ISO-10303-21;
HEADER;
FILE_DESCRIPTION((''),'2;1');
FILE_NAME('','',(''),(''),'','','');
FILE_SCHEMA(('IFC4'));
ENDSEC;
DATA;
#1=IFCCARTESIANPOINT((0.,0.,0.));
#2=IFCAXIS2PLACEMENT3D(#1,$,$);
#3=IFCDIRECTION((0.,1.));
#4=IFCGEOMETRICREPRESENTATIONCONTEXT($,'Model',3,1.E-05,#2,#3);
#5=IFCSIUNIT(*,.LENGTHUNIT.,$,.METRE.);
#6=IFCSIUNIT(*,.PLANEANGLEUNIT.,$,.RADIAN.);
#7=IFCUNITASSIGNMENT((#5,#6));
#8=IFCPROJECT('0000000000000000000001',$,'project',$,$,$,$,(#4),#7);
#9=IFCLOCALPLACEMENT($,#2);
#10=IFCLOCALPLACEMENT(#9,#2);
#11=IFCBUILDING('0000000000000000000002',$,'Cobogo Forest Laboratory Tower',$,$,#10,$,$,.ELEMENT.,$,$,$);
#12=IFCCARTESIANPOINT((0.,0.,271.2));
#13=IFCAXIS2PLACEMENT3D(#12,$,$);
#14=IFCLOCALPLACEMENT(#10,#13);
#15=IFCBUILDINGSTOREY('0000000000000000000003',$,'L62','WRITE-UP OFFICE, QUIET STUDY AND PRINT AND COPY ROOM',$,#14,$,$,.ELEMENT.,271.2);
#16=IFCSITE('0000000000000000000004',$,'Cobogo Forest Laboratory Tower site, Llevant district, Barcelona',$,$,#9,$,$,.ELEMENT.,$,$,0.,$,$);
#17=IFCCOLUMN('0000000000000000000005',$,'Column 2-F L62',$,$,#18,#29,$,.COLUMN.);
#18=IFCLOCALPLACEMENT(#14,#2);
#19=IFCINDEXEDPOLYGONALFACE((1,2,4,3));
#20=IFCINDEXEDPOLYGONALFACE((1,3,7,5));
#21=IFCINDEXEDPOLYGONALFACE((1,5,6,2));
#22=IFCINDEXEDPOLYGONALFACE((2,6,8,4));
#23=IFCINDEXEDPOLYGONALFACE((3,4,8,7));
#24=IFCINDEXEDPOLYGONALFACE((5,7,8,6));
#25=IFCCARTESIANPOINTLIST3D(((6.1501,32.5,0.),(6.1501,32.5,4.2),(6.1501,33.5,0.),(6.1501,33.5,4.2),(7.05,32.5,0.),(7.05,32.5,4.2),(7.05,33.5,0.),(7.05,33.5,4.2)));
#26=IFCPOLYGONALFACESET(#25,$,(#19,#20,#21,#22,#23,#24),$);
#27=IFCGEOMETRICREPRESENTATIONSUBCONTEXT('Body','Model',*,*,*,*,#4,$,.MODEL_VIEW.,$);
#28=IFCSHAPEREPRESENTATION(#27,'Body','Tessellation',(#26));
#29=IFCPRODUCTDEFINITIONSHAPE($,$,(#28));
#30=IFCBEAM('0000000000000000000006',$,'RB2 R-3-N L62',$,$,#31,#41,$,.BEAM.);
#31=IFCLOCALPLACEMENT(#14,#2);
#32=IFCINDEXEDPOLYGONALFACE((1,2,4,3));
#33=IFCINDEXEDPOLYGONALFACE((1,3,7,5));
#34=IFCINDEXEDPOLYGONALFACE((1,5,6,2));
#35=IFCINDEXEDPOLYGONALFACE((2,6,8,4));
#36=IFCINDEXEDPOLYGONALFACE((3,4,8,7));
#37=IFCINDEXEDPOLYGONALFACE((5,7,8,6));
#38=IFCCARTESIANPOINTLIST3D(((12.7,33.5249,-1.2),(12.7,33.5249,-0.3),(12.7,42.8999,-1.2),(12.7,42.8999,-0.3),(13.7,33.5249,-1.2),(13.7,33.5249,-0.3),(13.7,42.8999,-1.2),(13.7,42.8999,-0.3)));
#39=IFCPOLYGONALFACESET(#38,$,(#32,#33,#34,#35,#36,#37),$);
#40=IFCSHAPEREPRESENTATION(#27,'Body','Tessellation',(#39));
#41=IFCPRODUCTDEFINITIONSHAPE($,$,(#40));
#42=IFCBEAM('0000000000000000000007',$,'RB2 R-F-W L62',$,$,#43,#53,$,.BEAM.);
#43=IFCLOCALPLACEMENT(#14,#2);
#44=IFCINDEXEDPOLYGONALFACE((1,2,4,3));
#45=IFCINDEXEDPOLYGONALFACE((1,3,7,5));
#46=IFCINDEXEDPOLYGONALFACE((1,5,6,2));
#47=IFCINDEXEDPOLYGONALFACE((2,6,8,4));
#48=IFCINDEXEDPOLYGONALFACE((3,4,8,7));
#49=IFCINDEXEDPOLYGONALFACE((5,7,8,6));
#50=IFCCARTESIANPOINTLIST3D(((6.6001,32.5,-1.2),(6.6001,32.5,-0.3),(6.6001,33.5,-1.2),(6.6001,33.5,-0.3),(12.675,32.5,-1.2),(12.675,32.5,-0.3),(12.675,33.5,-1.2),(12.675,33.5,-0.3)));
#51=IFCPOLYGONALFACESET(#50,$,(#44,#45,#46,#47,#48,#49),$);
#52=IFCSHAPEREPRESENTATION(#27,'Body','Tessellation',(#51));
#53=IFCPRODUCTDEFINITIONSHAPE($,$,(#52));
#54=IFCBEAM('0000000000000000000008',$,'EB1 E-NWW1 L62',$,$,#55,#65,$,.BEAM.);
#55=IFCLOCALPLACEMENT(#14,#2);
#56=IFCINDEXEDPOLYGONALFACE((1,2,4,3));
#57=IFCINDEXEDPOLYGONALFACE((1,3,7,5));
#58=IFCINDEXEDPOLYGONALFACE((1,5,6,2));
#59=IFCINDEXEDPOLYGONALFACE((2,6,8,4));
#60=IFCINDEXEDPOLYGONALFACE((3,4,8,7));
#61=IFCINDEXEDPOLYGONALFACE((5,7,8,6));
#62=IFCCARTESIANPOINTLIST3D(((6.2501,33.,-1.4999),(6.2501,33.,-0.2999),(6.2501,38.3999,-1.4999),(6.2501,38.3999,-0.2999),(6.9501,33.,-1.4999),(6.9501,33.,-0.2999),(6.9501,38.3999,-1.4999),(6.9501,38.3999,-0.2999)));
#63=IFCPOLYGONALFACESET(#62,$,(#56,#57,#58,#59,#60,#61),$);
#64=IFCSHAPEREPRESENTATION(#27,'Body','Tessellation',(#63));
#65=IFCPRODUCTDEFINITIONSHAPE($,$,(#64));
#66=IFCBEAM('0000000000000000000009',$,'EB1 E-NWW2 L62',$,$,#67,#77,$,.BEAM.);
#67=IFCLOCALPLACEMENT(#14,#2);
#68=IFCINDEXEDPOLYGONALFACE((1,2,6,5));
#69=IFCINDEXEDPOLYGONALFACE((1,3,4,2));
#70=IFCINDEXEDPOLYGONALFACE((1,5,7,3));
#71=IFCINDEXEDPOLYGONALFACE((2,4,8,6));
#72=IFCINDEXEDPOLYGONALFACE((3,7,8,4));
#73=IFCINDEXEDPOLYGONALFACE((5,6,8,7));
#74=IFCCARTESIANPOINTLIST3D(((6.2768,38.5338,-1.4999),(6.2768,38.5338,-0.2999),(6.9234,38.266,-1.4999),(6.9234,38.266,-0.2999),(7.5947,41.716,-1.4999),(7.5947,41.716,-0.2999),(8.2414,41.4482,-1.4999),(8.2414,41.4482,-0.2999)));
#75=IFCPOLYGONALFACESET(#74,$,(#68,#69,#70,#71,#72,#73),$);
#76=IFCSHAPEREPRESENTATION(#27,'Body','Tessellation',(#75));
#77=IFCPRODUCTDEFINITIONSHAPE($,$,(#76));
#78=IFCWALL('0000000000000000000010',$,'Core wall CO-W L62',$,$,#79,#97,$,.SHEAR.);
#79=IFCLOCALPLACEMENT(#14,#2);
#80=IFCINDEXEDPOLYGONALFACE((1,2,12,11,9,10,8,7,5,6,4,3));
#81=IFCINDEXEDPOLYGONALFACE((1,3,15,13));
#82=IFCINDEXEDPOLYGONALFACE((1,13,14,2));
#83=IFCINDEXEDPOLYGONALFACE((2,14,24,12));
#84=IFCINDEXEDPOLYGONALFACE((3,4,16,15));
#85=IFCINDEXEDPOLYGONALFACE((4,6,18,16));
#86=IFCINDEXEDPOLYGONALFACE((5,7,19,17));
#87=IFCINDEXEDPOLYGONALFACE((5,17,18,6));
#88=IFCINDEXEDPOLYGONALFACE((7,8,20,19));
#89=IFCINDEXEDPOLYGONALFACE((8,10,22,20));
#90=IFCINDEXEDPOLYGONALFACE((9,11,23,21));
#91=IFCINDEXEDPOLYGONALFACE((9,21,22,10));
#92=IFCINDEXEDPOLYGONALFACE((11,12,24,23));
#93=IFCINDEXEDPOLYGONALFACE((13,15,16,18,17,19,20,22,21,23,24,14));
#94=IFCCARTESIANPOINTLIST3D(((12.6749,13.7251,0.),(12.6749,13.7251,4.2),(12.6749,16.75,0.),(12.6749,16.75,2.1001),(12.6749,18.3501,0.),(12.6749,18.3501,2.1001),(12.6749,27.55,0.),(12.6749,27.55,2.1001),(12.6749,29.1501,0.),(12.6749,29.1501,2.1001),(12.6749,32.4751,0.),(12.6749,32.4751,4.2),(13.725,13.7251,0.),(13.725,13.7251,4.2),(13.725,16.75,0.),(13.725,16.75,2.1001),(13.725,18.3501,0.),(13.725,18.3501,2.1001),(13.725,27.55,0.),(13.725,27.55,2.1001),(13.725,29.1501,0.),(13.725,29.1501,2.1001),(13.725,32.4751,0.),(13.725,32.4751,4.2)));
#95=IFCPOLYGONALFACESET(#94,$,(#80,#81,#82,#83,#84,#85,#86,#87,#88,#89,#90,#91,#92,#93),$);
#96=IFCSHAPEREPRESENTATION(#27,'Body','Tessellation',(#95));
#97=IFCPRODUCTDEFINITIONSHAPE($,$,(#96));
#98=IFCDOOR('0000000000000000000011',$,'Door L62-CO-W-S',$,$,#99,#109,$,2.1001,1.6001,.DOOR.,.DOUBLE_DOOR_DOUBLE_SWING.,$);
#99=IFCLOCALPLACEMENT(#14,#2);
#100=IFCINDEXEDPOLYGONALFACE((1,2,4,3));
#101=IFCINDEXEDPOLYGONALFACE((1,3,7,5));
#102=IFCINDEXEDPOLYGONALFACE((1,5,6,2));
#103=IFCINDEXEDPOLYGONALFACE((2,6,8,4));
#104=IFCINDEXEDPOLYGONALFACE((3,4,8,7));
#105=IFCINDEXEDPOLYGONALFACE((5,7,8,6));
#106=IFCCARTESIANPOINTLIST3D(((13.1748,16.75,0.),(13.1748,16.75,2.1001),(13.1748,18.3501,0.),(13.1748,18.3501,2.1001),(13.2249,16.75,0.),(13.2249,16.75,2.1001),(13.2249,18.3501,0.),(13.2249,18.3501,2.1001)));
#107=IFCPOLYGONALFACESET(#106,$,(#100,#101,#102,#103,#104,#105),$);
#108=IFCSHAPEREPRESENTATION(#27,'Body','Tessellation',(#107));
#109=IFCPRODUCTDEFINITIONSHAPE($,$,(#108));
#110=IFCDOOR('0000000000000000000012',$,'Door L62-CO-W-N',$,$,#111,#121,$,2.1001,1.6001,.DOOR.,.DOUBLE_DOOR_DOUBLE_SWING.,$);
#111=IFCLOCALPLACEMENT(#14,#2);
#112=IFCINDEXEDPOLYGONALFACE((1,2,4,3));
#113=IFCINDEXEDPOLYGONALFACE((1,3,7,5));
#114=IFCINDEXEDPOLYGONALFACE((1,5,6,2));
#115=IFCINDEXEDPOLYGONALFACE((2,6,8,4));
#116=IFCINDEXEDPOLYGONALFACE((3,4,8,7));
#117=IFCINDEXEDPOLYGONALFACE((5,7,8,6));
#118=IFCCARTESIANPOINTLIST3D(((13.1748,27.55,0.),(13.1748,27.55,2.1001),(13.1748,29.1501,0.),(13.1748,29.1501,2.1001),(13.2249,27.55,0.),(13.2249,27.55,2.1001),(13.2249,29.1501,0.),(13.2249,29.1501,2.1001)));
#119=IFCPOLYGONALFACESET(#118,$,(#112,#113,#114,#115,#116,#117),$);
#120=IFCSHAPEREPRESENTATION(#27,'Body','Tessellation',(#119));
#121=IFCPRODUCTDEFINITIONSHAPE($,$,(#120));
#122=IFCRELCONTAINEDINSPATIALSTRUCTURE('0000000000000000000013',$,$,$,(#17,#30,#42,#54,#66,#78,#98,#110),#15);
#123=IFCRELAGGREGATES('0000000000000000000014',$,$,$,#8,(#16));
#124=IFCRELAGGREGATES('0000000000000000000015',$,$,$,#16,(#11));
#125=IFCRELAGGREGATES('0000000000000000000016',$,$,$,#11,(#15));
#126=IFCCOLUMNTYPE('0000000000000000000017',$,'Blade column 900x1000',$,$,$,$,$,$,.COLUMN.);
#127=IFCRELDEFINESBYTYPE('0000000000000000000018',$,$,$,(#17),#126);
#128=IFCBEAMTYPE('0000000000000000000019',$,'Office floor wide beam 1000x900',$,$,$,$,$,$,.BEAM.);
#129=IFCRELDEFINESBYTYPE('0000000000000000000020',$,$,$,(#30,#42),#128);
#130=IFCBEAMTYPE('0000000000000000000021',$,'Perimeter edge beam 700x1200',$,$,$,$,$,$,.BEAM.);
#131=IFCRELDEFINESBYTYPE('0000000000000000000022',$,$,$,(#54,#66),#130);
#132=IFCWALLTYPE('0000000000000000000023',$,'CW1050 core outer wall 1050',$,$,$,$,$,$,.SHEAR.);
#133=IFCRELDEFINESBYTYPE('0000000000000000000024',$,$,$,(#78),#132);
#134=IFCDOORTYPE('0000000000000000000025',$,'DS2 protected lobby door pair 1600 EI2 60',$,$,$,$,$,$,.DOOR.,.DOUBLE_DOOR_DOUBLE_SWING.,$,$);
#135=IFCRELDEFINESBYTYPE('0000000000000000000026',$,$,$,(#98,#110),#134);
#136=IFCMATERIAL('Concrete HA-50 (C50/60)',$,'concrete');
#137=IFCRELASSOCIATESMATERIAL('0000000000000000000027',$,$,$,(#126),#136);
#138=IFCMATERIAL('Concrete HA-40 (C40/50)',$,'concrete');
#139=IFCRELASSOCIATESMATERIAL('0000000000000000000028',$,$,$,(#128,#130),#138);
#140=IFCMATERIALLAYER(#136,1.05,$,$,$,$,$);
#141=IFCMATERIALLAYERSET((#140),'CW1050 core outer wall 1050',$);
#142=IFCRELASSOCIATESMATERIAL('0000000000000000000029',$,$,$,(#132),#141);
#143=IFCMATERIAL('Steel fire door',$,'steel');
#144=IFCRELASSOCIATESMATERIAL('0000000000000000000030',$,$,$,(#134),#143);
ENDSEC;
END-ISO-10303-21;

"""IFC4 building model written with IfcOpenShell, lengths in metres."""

from ifc_helpers import new_model, si_unit, direction, frame, frame_2d, origin, origin_2d, place, context, subcontext, project, spatial, rectangle, extrude, material, layer, layer_set, material_profile, profile_set, type_object, element, fill, save


model = new_model("IFC4")

# Units and contexts
model_context = context("Model", 3, precision=1e-05, world=origin(), true_north=direction((0.0, 1.0)))
body_context = subcontext(model_context, "Body", "Model", "MODEL_VIEW")
ifc_project = project(units=[si_unit("LENGTHUNIT", "METRE"), si_unit("PLANEANGLEUNIT", "RADIAN")], contexts=[model_context])

# Site, building, storey
site_placement = place(None, origin())
site = spatial("IfcSite", under=ifc_project, at=site_placement, Name="Cobogo Forest Laboratory Tower site, Llevant district, Barcelona", CompositionType="ELEMENT", RefElevation=0.0)
building_placement = place(site_placement, origin())
building = spatial("IfcBuilding", under=site, at=building_placement, Name="Cobogo Forest Laboratory Tower", CompositionType="ELEMENT")
storey_placement = place(building_placement, frame((0.0, 0.0, 271.2)))
storey = spatial("IfcBuildingStorey", under=building, at=storey_placement, Name="L62", Description="WRITE-UP OFFICE, QUIET STUDY AND PRINT AND COPY ROOM", CompositionType="ELEMENT", Elevation=271.2)

# Column
ifc_material_1 = material(Name="Concrete HA-50 (C50/60)", Category="concrete")
ifc_material_profile_1 = material_profile(ifc_material_1, rectangle(XDim=1.0, YDim=0.8999, at=origin_2d()), Name="RC 900x1000")
ifc_profile_set_1 = profile_set([ifc_material_profile_1], Name="Concrete HA-50 (C50/60)")
column_type = type_object("IfcColumnType", Name="Blade column 900x1000", PredefinedType="COLUMN", material=ifc_profile_set_1)
column_placement = place(storey_placement, frame((6.6001, 33.0, 0.0), z_axis=(0.0, 0.0, 1.0), x_axis=(0.0, 1.0, 0.0)))
element("IfcColumn", 1, at=column_placement, inside=storey, type_object=column_type, Name="Column 2-F L62", PredefinedType="COLUMN", context=body_context, shape_type="SweptSolid", body=[
    extrude(rectangle(XDim=1.0, YDim=0.8999, at=origin_2d()), origin(), (0.0, 0.0, 1.0), 4.2),
])

# Beams
ifc_material_2 = material(Name="Concrete HA-40 (C40/50)", Category="concrete")
ifc_material_profile_2 = material_profile(ifc_material_2, rectangle(XDim=1.0, YDim=0.8999, at=origin_2d()), Name="RC 1000x900")
ifc_profile_set_2 = profile_set([ifc_material_profile_2], Name="Concrete HA-40 (C40/50)")
beam_type_1 = type_object("IfcBeamType", Name="Office floor wide beam 1000x900", PredefinedType="BEAM", material=ifc_profile_set_2)
beam_1_placement = place(storey_placement, frame((13.2, 33.5249, -0.75), z_axis=(0.0, 1.0, 0.0), x_axis=(-1.0, 0.0, 0.0)))
element("IfcBeam", 2, at=beam_1_placement, inside=storey, type_object=beam_type_1, Name="RB2 R-3-N L62", PredefinedType="BEAM", context=body_context, shape_type="SweptSolid", body=[
    extrude(rectangle(XDim=1.0, YDim=0.8999, at=origin_2d()), origin(), (0.0, 0.0, 1.0), 9.375),
])
beam_2_placement = place(storey_placement, frame((12.675, 33.0, -0.75), z_axis=(-1.0, 0.0, 0.0), x_axis=(0.0, -1.0, 0.0)))
element("IfcBeam", 3, at=beam_2_placement, inside=storey, type_object=beam_type_1, Name="RB2 R-F-W L62", PredefinedType="BEAM", context=body_context, shape_type="SweptSolid", body=[
    extrude(rectangle(XDim=1.0, YDim=0.8999, at=origin_2d()), origin(), (0.0, 0.0, 1.0), 6.075),
])
ifc_material_profile_3 = material_profile(ifc_material_2, rectangle(XDim=0.7, YDim=1.2, at=origin_2d()), Name="RC 700x1200")
ifc_profile_set_3 = profile_set([ifc_material_profile_3], Name="Concrete HA-40 (C40/50)")
beam_type_2 = type_object("IfcBeamType", Name="Perimeter edge beam 700x1200", PredefinedType="BEAM", material=ifc_profile_set_3)
beam_3_placement = place(storey_placement, frame((6.6001, 33.0, -0.8999), z_axis=(0.0, 1.0, 0.0), x_axis=(-1.0, 0.0, 0.0)))
element("IfcBeam", 4, at=beam_3_placement, inside=storey, type_object=beam_type_2, Name="EB1 E-NWW1 L62", PredefinedType="BEAM", context=body_context, shape_type="SweptSolid", body=[
    extrude(rectangle(XDim=0.7, YDim=1.2, at=origin_2d()), origin(), (0.0, 0.0, 1.0), 5.3999),
])
beam_4_placement = place(storey_placement, frame((6.6001, 38.3999, -0.8999), z_axis=(0.382631, 0.923901, 0.0), x_axis=(-0.923901, 0.382631, 0.0)))
element("IfcBeam", 5, at=beam_4_placement, inside=storey, type_object=beam_type_2, Name="EB1 E-NWW2 L62", PredefinedType="BEAM", context=body_context, shape_type="SweptSolid", body=[
    extrude(rectangle(XDim=0.7, YDim=1.2, at=origin_2d()), origin(), (0.0, 0.0, 1.0), 3.4443),
])

# Wall, openings, doors
ifc_layer_1 = layer(ifc_material_1, 1.05)
ifc_layer_set_1 = layer_set([ifc_layer_1], Name="CW1050 core outer wall 1050")
wall_type_1 = type_object("IfcWallType", Name="CW1050 core outer wall 1050", PredefinedType="SHEAR", material=ifc_layer_set_1)
wall_1_placement = place(storey_placement, frame((13.2, 32.4751, 0.0), z_axis=(0.0, 0.0, 1.0), x_axis=(0.0, -1.0, 0.0)))
wall_1 = element("IfcWall", 6, at=wall_1_placement, inside=storey, type_object=wall_type_1, Name="Core wall CO-W L62", PredefinedType="SHEAR", context=body_context, shape_type="SweptSolid", body=[
    extrude(rectangle(XDim=18.75, YDim=1.05, at=frame_2d((9.375, 0.0))), origin(), (0.0, 0.0, 1.0), 4.2),
])
opening_1_placement = place(wall_1_placement, frame((14.125, 0.0, 0.0)))
opening_1 = element("IfcOpeningElement", 7, at=opening_1_placement, cuts=wall_1, PredefinedType="OPENING", context=body_context, shape_type="SweptSolid", body=[
    extrude(rectangle(XDim=1.6001, YDim=2.1001, at=frame_2d((0.8, 1.05))), frame((0.0, 0.5349, 0.0), z_axis=(0.0, -1.0, 0.0), x_axis=(1.0, 0.0, 0.0)), (0.0, 0.0, 1.0), 1.0701),
])
opening_2_placement = place(wall_1_placement, frame((3.325, 0.0, 0.0)))
opening_2 = element("IfcOpeningElement", 8, at=opening_2_placement, cuts=wall_1, PredefinedType="OPENING", context=body_context, shape_type="SweptSolid", body=[
    extrude(rectangle(XDim=1.6001, YDim=2.1001, at=frame_2d((0.8, 1.05))), frame((0.0, 0.5349, 0.0), z_axis=(0.0, -1.0, 0.0), x_axis=(1.0, 0.0, 0.0)), (0.0, 0.0, 1.0), 1.0701),
])
ifc_material_3 = material(Name="Steel fire door", Category="steel")
door_type_1 = type_object("IfcDoorType", Name="DS2 protected lobby door pair 1600 EI2 60", OperationType="DOUBLE_DOOR_DOUBLE_SWING", PredefinedType="DOOR", material=ifc_material_3)
door_1_placement = place(opening_1_placement, origin())
door_1 = element("IfcDoor", 9, at=door_1_placement, inside=storey, type_object=door_type_1, Name="Door L62-CO-W-S", OperationType="DOUBLE_DOOR_DOUBLE_SWING", OverallHeight=2.1001, OverallWidth=1.6001, PredefinedType="DOOR", context=body_context, shape_type="SweptSolid", body=[
    extrude(rectangle(XDim=1.6001, YDim=2.1001, at=frame_2d((0.8, 1.05))), frame((0.0, 0.0249, 0.0), z_axis=(0.0, -1.0, 0.0), x_axis=(1.0, 0.0, 0.0)), (0.0, 0.0, 1.0), 0.05),
])
fill(opening_1, door_1)
door_2_placement = place(opening_2_placement, origin())
door_2 = element("IfcDoor", 10, at=door_2_placement, inside=storey, type_object=door_type_1, Name="Door L62-CO-W-N", OperationType="DOUBLE_DOOR_DOUBLE_SWING", OverallHeight=2.1001, OverallWidth=1.6001, PredefinedType="DOOR", context=body_context, shape_type="SweptSolid", body=[
    extrude(rectangle(XDim=1.6001, YDim=2.1001, at=frame_2d((0.8, 1.05))), frame((0.0, 0.0249, 0.0), z_axis=(0.0, -1.0, 0.0), x_axis=(1.0, 0.0, 0.0)), (0.0, 0.0, 1.0), 0.05),
])
fill(opening_2, door_2)

save(model, "model.ifc")
